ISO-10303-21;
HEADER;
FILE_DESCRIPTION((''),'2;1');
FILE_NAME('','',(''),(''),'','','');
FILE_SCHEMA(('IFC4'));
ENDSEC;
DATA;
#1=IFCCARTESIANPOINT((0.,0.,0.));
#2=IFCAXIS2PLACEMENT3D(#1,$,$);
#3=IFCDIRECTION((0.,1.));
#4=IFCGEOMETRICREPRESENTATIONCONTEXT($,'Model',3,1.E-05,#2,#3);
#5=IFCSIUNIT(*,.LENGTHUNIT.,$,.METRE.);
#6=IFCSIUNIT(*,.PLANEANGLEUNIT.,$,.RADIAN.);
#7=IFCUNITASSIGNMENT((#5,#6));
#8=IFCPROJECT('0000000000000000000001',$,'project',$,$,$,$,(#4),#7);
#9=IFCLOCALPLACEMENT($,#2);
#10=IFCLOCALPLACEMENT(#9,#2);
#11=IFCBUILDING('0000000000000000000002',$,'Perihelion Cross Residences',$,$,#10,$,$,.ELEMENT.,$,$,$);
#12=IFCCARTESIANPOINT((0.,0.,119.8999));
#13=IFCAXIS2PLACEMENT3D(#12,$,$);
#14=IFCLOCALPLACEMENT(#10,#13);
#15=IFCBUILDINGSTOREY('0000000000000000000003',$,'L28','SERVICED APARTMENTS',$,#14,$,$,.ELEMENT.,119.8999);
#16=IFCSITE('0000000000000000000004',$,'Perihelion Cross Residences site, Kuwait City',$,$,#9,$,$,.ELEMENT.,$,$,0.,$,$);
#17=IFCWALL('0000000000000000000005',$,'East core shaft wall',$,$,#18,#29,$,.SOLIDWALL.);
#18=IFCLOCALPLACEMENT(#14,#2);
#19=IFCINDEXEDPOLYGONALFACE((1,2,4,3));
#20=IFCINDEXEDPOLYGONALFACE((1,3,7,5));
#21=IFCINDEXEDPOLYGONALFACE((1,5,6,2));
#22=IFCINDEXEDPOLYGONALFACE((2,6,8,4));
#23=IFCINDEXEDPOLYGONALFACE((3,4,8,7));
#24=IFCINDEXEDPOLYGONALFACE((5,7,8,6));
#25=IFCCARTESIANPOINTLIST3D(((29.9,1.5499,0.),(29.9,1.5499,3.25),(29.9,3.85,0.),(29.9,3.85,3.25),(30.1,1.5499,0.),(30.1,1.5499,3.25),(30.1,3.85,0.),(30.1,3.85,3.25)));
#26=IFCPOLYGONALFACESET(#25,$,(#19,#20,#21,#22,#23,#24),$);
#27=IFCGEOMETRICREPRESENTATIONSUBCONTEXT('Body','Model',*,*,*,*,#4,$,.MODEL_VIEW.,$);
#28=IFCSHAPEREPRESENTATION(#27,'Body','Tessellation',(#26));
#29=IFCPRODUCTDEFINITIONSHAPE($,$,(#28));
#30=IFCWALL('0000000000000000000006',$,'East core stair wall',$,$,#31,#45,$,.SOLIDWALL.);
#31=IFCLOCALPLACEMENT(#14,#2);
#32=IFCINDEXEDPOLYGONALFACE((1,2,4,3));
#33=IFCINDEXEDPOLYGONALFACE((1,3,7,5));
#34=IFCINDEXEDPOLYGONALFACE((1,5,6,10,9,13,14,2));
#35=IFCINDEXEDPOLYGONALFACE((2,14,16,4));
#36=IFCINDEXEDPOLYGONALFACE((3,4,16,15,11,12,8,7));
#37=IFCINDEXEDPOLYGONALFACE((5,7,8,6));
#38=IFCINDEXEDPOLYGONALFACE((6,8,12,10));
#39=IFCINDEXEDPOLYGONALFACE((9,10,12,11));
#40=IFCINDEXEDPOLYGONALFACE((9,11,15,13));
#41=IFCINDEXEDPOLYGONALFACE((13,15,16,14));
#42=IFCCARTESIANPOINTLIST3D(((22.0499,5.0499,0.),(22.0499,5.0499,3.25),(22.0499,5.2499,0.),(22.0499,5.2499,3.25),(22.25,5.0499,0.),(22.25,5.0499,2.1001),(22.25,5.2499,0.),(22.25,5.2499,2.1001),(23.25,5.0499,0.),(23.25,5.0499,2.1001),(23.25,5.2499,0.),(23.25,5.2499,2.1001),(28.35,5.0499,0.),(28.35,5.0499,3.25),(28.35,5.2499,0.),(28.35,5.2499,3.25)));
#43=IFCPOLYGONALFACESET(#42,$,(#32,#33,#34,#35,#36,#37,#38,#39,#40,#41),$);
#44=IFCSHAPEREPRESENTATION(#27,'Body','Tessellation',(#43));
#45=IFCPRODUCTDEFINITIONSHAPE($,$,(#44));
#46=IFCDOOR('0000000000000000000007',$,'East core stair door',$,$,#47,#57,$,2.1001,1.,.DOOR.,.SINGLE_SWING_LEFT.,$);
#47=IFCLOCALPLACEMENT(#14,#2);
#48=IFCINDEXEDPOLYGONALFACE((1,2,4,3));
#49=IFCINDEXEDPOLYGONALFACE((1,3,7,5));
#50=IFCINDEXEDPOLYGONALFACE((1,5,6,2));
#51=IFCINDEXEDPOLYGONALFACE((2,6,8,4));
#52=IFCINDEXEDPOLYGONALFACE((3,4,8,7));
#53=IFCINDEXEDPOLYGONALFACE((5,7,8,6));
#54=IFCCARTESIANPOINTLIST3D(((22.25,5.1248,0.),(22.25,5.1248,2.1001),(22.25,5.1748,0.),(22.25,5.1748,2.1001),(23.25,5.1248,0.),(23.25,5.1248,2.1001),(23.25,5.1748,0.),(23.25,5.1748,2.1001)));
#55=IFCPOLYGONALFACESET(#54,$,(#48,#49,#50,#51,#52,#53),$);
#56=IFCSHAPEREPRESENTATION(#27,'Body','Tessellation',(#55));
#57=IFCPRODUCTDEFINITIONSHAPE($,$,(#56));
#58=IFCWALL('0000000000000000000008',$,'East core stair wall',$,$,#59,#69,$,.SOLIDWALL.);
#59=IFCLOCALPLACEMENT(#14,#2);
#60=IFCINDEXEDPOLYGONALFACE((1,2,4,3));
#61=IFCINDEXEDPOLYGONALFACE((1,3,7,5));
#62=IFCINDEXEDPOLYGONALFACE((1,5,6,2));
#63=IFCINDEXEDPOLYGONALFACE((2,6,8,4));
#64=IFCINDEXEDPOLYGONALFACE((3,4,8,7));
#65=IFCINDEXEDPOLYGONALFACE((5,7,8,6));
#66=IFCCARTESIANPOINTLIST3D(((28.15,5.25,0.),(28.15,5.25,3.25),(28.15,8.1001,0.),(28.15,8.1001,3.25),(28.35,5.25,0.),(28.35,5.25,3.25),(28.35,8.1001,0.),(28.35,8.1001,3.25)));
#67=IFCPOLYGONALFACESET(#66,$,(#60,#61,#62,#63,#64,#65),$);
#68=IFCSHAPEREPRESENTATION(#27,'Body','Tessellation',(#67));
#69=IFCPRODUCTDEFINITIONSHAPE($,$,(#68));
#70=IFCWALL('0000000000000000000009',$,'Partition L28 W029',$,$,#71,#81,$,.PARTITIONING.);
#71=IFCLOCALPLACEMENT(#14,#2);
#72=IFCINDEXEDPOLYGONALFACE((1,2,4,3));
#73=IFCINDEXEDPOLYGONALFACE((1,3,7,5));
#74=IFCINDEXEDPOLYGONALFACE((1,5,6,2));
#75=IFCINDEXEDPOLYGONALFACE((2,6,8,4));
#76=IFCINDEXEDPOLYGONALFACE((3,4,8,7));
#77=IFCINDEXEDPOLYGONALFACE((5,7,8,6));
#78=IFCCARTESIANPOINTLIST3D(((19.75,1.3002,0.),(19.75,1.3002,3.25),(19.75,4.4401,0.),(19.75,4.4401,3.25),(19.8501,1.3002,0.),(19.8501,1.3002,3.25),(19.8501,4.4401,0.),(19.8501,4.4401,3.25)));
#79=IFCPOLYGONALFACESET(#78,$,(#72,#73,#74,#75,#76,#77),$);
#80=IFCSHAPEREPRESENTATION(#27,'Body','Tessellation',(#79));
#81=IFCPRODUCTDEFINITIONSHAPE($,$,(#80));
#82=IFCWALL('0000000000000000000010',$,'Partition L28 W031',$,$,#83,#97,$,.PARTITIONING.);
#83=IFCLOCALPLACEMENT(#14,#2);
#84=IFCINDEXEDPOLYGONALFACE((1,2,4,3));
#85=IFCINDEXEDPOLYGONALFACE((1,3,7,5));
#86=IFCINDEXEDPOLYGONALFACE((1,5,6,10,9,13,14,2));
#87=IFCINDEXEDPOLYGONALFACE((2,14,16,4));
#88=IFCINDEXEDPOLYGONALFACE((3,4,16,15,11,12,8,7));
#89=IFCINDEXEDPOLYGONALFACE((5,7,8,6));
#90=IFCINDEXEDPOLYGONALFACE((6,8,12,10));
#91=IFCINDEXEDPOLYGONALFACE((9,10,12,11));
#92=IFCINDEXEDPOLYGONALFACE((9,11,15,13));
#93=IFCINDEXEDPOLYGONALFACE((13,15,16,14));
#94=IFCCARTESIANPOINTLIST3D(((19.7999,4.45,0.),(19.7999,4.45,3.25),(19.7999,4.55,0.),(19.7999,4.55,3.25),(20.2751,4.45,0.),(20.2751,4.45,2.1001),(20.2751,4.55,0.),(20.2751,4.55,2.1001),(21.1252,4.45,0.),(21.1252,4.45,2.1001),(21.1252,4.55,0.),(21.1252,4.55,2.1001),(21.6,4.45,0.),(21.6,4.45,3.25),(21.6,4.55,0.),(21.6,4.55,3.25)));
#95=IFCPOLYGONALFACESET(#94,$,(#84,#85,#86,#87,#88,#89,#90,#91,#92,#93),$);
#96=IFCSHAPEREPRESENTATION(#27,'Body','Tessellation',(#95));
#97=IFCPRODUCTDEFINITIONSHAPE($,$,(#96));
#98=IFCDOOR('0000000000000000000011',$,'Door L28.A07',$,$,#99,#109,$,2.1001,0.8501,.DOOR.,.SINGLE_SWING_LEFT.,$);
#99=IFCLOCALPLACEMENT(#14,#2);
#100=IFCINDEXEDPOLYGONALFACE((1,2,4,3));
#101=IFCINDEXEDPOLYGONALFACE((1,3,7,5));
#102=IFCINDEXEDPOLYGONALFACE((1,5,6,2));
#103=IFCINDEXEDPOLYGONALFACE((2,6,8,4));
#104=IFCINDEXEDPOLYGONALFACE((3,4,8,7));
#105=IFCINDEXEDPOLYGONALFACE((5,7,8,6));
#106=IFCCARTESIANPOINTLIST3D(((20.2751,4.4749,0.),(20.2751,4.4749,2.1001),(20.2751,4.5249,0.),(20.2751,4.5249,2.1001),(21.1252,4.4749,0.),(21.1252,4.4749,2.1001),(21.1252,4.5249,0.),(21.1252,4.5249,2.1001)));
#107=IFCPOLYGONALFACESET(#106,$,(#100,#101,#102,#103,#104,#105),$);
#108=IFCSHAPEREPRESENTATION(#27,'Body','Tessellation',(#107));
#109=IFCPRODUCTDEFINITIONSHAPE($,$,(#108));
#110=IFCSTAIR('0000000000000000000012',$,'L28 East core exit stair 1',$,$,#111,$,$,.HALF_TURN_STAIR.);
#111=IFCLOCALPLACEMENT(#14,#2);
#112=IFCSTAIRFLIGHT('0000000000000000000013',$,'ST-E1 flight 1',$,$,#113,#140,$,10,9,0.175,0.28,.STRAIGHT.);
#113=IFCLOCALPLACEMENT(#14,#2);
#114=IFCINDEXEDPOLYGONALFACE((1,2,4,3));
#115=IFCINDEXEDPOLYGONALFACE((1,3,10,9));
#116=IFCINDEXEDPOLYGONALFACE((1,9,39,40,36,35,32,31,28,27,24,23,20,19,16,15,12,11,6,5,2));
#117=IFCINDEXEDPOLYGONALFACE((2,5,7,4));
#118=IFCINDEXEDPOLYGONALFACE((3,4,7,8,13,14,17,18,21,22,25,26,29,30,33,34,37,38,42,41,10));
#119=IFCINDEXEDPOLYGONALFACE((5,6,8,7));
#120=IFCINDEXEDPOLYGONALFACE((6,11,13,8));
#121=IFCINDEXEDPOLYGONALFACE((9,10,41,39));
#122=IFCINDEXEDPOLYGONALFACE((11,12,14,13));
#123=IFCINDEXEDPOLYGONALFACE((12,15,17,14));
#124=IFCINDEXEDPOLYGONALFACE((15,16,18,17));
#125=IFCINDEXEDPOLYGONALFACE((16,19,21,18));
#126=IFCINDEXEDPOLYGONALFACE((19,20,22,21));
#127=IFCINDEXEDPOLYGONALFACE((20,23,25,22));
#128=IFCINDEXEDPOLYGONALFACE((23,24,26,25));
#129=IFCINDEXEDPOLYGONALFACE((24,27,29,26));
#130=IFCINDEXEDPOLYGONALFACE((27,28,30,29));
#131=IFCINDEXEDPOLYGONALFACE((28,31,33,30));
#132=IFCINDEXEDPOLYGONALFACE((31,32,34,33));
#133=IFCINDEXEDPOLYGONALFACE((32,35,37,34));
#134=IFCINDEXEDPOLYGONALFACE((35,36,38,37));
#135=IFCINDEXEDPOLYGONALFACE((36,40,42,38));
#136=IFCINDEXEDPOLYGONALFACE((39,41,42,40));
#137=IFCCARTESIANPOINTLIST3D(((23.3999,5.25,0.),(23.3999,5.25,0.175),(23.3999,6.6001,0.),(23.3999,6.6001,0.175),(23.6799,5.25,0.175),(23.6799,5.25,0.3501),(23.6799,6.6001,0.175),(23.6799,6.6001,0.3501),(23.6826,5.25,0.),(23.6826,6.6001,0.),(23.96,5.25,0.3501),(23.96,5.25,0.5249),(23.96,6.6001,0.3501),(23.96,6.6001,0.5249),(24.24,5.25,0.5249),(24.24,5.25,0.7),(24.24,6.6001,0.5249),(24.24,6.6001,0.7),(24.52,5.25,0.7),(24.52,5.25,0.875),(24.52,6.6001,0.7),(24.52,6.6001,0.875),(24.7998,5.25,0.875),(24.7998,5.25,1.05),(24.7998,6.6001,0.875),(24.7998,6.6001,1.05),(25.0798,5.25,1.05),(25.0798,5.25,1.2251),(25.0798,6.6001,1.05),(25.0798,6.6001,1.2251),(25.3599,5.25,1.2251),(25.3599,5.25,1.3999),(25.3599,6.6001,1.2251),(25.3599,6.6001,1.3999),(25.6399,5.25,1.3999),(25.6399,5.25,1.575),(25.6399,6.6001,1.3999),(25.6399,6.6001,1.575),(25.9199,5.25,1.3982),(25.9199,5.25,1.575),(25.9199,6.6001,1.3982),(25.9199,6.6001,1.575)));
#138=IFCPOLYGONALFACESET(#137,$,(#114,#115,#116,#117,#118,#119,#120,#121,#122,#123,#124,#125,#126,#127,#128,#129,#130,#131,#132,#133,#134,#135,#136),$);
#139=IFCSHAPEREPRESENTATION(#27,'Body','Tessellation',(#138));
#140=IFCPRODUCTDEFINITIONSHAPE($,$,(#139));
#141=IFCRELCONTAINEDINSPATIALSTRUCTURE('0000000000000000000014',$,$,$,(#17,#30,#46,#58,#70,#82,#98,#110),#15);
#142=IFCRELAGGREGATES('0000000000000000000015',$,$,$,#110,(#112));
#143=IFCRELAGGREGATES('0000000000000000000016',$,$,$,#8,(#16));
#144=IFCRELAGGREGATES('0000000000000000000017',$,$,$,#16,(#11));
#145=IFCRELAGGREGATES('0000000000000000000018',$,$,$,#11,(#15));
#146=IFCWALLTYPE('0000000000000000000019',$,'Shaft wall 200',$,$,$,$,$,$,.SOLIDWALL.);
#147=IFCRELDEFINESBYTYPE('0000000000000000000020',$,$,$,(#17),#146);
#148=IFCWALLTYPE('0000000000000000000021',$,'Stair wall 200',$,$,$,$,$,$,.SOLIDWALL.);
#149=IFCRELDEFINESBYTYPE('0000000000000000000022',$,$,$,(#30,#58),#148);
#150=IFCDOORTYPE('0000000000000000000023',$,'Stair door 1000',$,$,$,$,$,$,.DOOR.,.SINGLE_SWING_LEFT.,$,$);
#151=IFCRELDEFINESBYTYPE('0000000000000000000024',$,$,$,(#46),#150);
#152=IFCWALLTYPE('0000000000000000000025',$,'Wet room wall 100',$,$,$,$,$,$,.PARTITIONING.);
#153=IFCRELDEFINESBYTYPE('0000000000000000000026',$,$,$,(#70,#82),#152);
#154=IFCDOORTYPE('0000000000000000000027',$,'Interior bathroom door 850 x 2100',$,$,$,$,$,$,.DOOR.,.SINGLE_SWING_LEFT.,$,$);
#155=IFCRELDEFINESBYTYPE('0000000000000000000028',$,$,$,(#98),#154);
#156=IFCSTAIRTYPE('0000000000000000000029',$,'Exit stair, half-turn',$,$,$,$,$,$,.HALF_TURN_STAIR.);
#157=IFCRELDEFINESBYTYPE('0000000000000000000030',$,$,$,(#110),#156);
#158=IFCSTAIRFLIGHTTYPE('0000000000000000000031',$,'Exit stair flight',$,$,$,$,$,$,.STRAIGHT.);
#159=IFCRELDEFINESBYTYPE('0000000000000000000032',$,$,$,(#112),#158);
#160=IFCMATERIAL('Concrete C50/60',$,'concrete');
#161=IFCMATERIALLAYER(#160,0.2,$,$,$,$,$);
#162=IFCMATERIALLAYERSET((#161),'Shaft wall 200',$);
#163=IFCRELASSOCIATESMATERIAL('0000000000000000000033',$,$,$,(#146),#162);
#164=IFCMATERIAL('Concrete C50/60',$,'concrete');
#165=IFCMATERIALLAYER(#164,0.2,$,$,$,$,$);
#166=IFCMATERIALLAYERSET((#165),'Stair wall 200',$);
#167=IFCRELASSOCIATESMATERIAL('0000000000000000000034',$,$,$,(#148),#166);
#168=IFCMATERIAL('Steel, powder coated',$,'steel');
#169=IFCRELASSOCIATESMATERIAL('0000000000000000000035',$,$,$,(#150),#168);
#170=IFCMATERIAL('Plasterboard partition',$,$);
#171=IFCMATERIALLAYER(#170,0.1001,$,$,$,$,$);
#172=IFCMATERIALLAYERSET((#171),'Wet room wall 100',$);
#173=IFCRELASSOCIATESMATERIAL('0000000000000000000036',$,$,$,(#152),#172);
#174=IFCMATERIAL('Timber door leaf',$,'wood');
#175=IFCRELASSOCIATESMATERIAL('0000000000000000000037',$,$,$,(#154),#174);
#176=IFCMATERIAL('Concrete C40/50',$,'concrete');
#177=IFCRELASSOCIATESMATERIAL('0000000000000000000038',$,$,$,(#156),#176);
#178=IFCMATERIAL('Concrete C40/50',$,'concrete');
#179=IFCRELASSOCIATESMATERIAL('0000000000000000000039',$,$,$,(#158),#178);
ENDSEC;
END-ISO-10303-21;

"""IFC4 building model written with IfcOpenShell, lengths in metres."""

from ifc_helpers import new_model, si_unit, direction, frame, frame_2d, origin, place, context, subcontext, project, spatial, polyline, rectangle, outline, extrude, material, layer, layer_set, type_object, element, fill, aggregate, save


model = new_model("IFC4")

# Units and contexts
model_context = context("Model", 3, precision=1e-05, world=origin(), true_north=direction((0.0, 1.0)))
body_context = subcontext(model_context, "Body", "Model", "MODEL_VIEW")
ifc_project = project(units=[si_unit("LENGTHUNIT", "METRE"), si_unit("PLANEANGLEUNIT", "RADIAN")], contexts=[model_context])

# Site, building, storey
site_placement = place(None, origin())
site = spatial("IfcSite", under=ifc_project, at=site_placement, Name="Perihelion Cross Residences site, Kuwait City", CompositionType="ELEMENT", RefElevation=0.0)
building_placement = place(site_placement, origin())
building = spatial("IfcBuilding", under=site, at=building_placement, Name="Perihelion Cross Residences", CompositionType="ELEMENT")
storey_placement = place(building_placement, frame((0.0, 0.0, 119.8999)))
storey = spatial("IfcBuildingStorey", under=building, at=storey_placement, Name="L28", Description="SERVICED APARTMENTS", CompositionType="ELEMENT", Elevation=119.8999)

# Shared definitions
ifc_material_1 = material(Name="Concrete C50/60", Category="concrete")
ifc_layer_1 = layer(ifc_material_1, 0.2)
ifc_layer_set_1 = layer_set([ifc_layer_1], Name="Shaft wall 200")
wall_type_1 = type_object("IfcWallType", Name="Shaft wall 200", PredefinedType="SOLIDWALL", material=ifc_layer_set_1)

# Wall
wall_1_placement = place(storey_placement, frame((30.0, 1.55, 0.0), z_axis=(0.0, 0.0, 1.0), x_axis=(0.0, 1.0, 0.0)))
element("IfcWall", 1, at=wall_1_placement, inside=storey, type_object=wall_type_1, Name="East core shaft wall", PredefinedType="SOLIDWALL", context=body_context, shape_type="SweptSolid", body=[
    extrude(rectangle(XDim=2.3, YDim=0.2, at=frame_2d((1.1499, 0.0))), origin(), (0.0, 0.0, 1.0), 3.25),
])

# Wall, opening, door
ifc_material_2 = material(Name="Concrete C50/60", Category="concrete")
ifc_layer_2 = layer(ifc_material_2, 0.2)
ifc_layer_set_2 = layer_set([ifc_layer_2], Name="Stair wall 200")
wall_type_2 = type_object("IfcWallType", Name="Stair wall 200", PredefinedType="SOLIDWALL", material=ifc_layer_set_2)
wall_2_placement = place(storey_placement, frame((22.05, 5.1499, 0.0), z_axis=(0.0, 0.0, 1.0), x_axis=(1.0, 0.0, 0.0)))
wall_2 = element("IfcWall", 2, at=wall_2_placement, inside=storey, type_object=wall_type_2, Name="East core stair wall", PredefinedType="SOLIDWALL", context=body_context, shape_type="SweptSolid", body=[
    extrude(rectangle(XDim=6.3, YDim=0.2, at=frame_2d((3.1499, 0.0))), origin(), (0.0, 0.0, 1.0), 3.25),
])
opening_1_placement = place(wall_2_placement, frame((0.2, 0.0, 0.0)))
opening_1 = element("IfcOpeningElement", 3, at=opening_1_placement, cuts=wall_2, PredefinedType="OPENING", context=body_context, shape_type="SweptSolid", body=[
    extrude(rectangle(XDim=1.0, YDim=2.1001, at=frame_2d((0.5, 1.05))), frame((0.0, 0.1099, 0.0), z_axis=(0.0, -1.0, 0.0), x_axis=(1.0, 0.0, 0.0)), (0.0, 0.0, 1.0), 0.22),
])
ifc_material_3 = material(Name="Steel, powder coated", Category="steel")
door_type_1 = type_object("IfcDoorType", Name="Stair door 1000", OperationType="SINGLE_SWING_LEFT", PredefinedType="DOOR", material=ifc_material_3)
door_1_placement = place(opening_1_placement, origin())
door_1 = element("IfcDoor", 4, at=door_1_placement, inside=storey, type_object=door_type_1, Name="East core stair door", OperationType="SINGLE_SWING_LEFT", OverallHeight=2.1001, OverallWidth=1.0, PredefinedType="DOOR", context=body_context, shape_type="SweptSolid", body=[
    extrude(rectangle(XDim=1.0, YDim=2.1001, at=frame_2d((0.5, 1.05))), frame((0.0, 0.0249, 0.0), z_axis=(0.0, -1.0, 0.0), x_axis=(1.0, 0.0, 0.0)), (0.0, 0.0, 1.0), 0.05),
])
fill(opening_1, door_1)

# Walls
wall_3_placement = place(storey_placement, frame((28.25, 5.25, 0.0), z_axis=(0.0, 0.0, 1.0), x_axis=(0.0, 1.0, 0.0)))
element("IfcWall", 5, at=wall_3_placement, inside=storey, type_object=wall_type_2, Name="East core stair wall", PredefinedType="SOLIDWALL", context=body_context, shape_type="SweptSolid", body=[
    extrude(rectangle(XDim=2.8501, YDim=0.2, at=frame_2d((1.425, 0.0))), origin(), (0.0, 0.0, 1.0), 3.25),
])
ifc_material_4 = material(Name="Plasterboard partition")
ifc_layer_3 = layer(ifc_material_4, 0.1001)
ifc_layer_set_3 = layer_set([ifc_layer_3], Name="Wet room wall 100")
wall_type_3 = type_object("IfcWallType", Name="Wet room wall 100", PredefinedType="PARTITIONING", material=ifc_layer_set_3)
wall_4_placement = place(storey_placement, frame((19.8, 4.4399, 0.0), z_axis=(0.0, 0.0, 1.0), x_axis=(0.0, -1.0, 0.0)))
element("IfcWall", 6, at=wall_4_placement, inside=storey, type_object=wall_type_3, Name="Partition L28 W029", PredefinedType="PARTITIONING", context=body_context, shape_type="SweptSolid", body=[
    extrude(rectangle(XDim=3.1399, YDim=0.1001, at=frame_2d((1.5698, 0.0))), origin(), (0.0, 0.0, 1.0), 3.25),
])

# Wall, opening, door
wall_5_placement = place(storey_placement, frame((19.8, 4.5, 0.0), z_axis=(0.0, 0.0, 1.0), x_axis=(1.0, 0.0, 0.0)))
wall_5 = element("IfcWall", 7, at=wall_5_placement, inside=storey, type_object=wall_type_3, Name="Partition L28 W031", PredefinedType="PARTITIONING", context=body_context, shape_type="SweptSolid", body=[
    extrude(rectangle(XDim=1.8, YDim=0.1001, at=frame_2d((0.8999, 0.0))), origin(), (0.0, 0.0, 1.0), 3.25),
])
opening_2_placement = place(wall_5_placement, frame((0.4751, 0.0, 0.0)))
opening_2 = element("IfcOpeningElement", 8, at=opening_2_placement, cuts=wall_5, PredefinedType="OPENING", context=body_context, shape_type="SweptSolid", body=[
    extrude(rectangle(XDim=0.8501, YDim=2.1001, at=frame_2d((0.425, 1.05))), frame((0.0, 0.0601, 0.0), z_axis=(0.0, -1.0, 0.0), x_axis=(1.0, 0.0, 0.0)), (0.0, 0.0, 1.0), 0.1201),
])
ifc_material_5 = material(Name="Timber door leaf", Category="wood")
door_type_2 = type_object("IfcDoorType", Name="Interior bathroom door 850 x 2100", OperationType="SINGLE_SWING_LEFT", PredefinedType="DOOR", material=ifc_material_5)
door_2_placement = place(opening_2_placement, origin())
door_2 = element("IfcDoor", 9, at=door_2_placement, inside=storey, type_object=door_type_2, Name="Door L28.A07", OperationType="SINGLE_SWING_LEFT", OverallHeight=2.1001, OverallWidth=0.8501, PredefinedType="DOOR", context=body_context, shape_type="SweptSolid", body=[
    extrude(rectangle(XDim=0.8501, YDim=2.1001, at=frame_2d((0.425, 1.05))), frame((0.0, 0.0249, 0.0), z_axis=(0.0, -1.0, 0.0), x_axis=(1.0, 0.0, 0.0)), (0.0, 0.0, 1.0), 0.05),
])
fill(opening_2, door_2)

# Stair, stair flight
ifc_material_6 = material(Name="Concrete C40/50", Category="concrete")
stair_type = type_object("IfcStairType", Name="Exit stair, half-turn", PredefinedType="HALF_TURN_STAIR", material=ifc_material_6)
stair_placement = place(storey_placement, origin())
stair = element("IfcStair", 10, at=stair_placement, inside=storey, type_object=stair_type, Name="L28 East core exit stair 1", PredefinedType="HALF_TURN_STAIR")
ifc_material_7 = material(Name="Concrete C40/50", Category="concrete")
stair_flight_type = type_object("IfcStairFlightType", Name="Exit stair flight", PredefinedType="STRAIGHT", material=ifc_material_7)
stair_flight_placement = place(storey_placement, frame((23.3999, 5.925, 0.0), z_axis=(0.0, 0.0, 1.0), x_axis=(1.0, 0.0, 0.0)))
stair_flight = element("IfcStairFlight", 11, at=stair_flight_placement, type_object=stair_flight_type, Name="ST-E1 flight 1", NumberOfRisers=10, NumberOfTreads=9, PredefinedType="STRAIGHT", RiserHeight=0.175, TreadLength=0.28, context=body_context, shape_type="SweptSolid", body=[
    extrude(outline(polyline([(0.0, 0.0), (0.0, 0.175), (0.28, 0.175), (0.28, 0.3501), (0.5601, 0.3501), (0.5601, 0.5249), (0.8401, 0.5249), (0.8401, 0.7), (1.1201, 0.7), (1.1201, 0.875), (1.3999, 0.875), (1.3999, 1.05), (1.6799, 1.05), (1.6799, 1.2251), (1.96, 1.2251), (1.96, 1.3999), (2.24, 1.3999), (2.24, 1.575), (2.52, 1.575), (2.52, 1.75), (2.52, 1.3982), (0.2827, 0.0), (0.0, 0.0)])), frame((0.0, 0.675, 0.0), z_axis=(0.0, -1.0, 0.0), x_axis=(1.0, 0.0, 0.0)), (0.0, 0.0, 1.0), 1.3501),
])
aggregate(stair, [stair_flight])

save(model, "model.ifc")
